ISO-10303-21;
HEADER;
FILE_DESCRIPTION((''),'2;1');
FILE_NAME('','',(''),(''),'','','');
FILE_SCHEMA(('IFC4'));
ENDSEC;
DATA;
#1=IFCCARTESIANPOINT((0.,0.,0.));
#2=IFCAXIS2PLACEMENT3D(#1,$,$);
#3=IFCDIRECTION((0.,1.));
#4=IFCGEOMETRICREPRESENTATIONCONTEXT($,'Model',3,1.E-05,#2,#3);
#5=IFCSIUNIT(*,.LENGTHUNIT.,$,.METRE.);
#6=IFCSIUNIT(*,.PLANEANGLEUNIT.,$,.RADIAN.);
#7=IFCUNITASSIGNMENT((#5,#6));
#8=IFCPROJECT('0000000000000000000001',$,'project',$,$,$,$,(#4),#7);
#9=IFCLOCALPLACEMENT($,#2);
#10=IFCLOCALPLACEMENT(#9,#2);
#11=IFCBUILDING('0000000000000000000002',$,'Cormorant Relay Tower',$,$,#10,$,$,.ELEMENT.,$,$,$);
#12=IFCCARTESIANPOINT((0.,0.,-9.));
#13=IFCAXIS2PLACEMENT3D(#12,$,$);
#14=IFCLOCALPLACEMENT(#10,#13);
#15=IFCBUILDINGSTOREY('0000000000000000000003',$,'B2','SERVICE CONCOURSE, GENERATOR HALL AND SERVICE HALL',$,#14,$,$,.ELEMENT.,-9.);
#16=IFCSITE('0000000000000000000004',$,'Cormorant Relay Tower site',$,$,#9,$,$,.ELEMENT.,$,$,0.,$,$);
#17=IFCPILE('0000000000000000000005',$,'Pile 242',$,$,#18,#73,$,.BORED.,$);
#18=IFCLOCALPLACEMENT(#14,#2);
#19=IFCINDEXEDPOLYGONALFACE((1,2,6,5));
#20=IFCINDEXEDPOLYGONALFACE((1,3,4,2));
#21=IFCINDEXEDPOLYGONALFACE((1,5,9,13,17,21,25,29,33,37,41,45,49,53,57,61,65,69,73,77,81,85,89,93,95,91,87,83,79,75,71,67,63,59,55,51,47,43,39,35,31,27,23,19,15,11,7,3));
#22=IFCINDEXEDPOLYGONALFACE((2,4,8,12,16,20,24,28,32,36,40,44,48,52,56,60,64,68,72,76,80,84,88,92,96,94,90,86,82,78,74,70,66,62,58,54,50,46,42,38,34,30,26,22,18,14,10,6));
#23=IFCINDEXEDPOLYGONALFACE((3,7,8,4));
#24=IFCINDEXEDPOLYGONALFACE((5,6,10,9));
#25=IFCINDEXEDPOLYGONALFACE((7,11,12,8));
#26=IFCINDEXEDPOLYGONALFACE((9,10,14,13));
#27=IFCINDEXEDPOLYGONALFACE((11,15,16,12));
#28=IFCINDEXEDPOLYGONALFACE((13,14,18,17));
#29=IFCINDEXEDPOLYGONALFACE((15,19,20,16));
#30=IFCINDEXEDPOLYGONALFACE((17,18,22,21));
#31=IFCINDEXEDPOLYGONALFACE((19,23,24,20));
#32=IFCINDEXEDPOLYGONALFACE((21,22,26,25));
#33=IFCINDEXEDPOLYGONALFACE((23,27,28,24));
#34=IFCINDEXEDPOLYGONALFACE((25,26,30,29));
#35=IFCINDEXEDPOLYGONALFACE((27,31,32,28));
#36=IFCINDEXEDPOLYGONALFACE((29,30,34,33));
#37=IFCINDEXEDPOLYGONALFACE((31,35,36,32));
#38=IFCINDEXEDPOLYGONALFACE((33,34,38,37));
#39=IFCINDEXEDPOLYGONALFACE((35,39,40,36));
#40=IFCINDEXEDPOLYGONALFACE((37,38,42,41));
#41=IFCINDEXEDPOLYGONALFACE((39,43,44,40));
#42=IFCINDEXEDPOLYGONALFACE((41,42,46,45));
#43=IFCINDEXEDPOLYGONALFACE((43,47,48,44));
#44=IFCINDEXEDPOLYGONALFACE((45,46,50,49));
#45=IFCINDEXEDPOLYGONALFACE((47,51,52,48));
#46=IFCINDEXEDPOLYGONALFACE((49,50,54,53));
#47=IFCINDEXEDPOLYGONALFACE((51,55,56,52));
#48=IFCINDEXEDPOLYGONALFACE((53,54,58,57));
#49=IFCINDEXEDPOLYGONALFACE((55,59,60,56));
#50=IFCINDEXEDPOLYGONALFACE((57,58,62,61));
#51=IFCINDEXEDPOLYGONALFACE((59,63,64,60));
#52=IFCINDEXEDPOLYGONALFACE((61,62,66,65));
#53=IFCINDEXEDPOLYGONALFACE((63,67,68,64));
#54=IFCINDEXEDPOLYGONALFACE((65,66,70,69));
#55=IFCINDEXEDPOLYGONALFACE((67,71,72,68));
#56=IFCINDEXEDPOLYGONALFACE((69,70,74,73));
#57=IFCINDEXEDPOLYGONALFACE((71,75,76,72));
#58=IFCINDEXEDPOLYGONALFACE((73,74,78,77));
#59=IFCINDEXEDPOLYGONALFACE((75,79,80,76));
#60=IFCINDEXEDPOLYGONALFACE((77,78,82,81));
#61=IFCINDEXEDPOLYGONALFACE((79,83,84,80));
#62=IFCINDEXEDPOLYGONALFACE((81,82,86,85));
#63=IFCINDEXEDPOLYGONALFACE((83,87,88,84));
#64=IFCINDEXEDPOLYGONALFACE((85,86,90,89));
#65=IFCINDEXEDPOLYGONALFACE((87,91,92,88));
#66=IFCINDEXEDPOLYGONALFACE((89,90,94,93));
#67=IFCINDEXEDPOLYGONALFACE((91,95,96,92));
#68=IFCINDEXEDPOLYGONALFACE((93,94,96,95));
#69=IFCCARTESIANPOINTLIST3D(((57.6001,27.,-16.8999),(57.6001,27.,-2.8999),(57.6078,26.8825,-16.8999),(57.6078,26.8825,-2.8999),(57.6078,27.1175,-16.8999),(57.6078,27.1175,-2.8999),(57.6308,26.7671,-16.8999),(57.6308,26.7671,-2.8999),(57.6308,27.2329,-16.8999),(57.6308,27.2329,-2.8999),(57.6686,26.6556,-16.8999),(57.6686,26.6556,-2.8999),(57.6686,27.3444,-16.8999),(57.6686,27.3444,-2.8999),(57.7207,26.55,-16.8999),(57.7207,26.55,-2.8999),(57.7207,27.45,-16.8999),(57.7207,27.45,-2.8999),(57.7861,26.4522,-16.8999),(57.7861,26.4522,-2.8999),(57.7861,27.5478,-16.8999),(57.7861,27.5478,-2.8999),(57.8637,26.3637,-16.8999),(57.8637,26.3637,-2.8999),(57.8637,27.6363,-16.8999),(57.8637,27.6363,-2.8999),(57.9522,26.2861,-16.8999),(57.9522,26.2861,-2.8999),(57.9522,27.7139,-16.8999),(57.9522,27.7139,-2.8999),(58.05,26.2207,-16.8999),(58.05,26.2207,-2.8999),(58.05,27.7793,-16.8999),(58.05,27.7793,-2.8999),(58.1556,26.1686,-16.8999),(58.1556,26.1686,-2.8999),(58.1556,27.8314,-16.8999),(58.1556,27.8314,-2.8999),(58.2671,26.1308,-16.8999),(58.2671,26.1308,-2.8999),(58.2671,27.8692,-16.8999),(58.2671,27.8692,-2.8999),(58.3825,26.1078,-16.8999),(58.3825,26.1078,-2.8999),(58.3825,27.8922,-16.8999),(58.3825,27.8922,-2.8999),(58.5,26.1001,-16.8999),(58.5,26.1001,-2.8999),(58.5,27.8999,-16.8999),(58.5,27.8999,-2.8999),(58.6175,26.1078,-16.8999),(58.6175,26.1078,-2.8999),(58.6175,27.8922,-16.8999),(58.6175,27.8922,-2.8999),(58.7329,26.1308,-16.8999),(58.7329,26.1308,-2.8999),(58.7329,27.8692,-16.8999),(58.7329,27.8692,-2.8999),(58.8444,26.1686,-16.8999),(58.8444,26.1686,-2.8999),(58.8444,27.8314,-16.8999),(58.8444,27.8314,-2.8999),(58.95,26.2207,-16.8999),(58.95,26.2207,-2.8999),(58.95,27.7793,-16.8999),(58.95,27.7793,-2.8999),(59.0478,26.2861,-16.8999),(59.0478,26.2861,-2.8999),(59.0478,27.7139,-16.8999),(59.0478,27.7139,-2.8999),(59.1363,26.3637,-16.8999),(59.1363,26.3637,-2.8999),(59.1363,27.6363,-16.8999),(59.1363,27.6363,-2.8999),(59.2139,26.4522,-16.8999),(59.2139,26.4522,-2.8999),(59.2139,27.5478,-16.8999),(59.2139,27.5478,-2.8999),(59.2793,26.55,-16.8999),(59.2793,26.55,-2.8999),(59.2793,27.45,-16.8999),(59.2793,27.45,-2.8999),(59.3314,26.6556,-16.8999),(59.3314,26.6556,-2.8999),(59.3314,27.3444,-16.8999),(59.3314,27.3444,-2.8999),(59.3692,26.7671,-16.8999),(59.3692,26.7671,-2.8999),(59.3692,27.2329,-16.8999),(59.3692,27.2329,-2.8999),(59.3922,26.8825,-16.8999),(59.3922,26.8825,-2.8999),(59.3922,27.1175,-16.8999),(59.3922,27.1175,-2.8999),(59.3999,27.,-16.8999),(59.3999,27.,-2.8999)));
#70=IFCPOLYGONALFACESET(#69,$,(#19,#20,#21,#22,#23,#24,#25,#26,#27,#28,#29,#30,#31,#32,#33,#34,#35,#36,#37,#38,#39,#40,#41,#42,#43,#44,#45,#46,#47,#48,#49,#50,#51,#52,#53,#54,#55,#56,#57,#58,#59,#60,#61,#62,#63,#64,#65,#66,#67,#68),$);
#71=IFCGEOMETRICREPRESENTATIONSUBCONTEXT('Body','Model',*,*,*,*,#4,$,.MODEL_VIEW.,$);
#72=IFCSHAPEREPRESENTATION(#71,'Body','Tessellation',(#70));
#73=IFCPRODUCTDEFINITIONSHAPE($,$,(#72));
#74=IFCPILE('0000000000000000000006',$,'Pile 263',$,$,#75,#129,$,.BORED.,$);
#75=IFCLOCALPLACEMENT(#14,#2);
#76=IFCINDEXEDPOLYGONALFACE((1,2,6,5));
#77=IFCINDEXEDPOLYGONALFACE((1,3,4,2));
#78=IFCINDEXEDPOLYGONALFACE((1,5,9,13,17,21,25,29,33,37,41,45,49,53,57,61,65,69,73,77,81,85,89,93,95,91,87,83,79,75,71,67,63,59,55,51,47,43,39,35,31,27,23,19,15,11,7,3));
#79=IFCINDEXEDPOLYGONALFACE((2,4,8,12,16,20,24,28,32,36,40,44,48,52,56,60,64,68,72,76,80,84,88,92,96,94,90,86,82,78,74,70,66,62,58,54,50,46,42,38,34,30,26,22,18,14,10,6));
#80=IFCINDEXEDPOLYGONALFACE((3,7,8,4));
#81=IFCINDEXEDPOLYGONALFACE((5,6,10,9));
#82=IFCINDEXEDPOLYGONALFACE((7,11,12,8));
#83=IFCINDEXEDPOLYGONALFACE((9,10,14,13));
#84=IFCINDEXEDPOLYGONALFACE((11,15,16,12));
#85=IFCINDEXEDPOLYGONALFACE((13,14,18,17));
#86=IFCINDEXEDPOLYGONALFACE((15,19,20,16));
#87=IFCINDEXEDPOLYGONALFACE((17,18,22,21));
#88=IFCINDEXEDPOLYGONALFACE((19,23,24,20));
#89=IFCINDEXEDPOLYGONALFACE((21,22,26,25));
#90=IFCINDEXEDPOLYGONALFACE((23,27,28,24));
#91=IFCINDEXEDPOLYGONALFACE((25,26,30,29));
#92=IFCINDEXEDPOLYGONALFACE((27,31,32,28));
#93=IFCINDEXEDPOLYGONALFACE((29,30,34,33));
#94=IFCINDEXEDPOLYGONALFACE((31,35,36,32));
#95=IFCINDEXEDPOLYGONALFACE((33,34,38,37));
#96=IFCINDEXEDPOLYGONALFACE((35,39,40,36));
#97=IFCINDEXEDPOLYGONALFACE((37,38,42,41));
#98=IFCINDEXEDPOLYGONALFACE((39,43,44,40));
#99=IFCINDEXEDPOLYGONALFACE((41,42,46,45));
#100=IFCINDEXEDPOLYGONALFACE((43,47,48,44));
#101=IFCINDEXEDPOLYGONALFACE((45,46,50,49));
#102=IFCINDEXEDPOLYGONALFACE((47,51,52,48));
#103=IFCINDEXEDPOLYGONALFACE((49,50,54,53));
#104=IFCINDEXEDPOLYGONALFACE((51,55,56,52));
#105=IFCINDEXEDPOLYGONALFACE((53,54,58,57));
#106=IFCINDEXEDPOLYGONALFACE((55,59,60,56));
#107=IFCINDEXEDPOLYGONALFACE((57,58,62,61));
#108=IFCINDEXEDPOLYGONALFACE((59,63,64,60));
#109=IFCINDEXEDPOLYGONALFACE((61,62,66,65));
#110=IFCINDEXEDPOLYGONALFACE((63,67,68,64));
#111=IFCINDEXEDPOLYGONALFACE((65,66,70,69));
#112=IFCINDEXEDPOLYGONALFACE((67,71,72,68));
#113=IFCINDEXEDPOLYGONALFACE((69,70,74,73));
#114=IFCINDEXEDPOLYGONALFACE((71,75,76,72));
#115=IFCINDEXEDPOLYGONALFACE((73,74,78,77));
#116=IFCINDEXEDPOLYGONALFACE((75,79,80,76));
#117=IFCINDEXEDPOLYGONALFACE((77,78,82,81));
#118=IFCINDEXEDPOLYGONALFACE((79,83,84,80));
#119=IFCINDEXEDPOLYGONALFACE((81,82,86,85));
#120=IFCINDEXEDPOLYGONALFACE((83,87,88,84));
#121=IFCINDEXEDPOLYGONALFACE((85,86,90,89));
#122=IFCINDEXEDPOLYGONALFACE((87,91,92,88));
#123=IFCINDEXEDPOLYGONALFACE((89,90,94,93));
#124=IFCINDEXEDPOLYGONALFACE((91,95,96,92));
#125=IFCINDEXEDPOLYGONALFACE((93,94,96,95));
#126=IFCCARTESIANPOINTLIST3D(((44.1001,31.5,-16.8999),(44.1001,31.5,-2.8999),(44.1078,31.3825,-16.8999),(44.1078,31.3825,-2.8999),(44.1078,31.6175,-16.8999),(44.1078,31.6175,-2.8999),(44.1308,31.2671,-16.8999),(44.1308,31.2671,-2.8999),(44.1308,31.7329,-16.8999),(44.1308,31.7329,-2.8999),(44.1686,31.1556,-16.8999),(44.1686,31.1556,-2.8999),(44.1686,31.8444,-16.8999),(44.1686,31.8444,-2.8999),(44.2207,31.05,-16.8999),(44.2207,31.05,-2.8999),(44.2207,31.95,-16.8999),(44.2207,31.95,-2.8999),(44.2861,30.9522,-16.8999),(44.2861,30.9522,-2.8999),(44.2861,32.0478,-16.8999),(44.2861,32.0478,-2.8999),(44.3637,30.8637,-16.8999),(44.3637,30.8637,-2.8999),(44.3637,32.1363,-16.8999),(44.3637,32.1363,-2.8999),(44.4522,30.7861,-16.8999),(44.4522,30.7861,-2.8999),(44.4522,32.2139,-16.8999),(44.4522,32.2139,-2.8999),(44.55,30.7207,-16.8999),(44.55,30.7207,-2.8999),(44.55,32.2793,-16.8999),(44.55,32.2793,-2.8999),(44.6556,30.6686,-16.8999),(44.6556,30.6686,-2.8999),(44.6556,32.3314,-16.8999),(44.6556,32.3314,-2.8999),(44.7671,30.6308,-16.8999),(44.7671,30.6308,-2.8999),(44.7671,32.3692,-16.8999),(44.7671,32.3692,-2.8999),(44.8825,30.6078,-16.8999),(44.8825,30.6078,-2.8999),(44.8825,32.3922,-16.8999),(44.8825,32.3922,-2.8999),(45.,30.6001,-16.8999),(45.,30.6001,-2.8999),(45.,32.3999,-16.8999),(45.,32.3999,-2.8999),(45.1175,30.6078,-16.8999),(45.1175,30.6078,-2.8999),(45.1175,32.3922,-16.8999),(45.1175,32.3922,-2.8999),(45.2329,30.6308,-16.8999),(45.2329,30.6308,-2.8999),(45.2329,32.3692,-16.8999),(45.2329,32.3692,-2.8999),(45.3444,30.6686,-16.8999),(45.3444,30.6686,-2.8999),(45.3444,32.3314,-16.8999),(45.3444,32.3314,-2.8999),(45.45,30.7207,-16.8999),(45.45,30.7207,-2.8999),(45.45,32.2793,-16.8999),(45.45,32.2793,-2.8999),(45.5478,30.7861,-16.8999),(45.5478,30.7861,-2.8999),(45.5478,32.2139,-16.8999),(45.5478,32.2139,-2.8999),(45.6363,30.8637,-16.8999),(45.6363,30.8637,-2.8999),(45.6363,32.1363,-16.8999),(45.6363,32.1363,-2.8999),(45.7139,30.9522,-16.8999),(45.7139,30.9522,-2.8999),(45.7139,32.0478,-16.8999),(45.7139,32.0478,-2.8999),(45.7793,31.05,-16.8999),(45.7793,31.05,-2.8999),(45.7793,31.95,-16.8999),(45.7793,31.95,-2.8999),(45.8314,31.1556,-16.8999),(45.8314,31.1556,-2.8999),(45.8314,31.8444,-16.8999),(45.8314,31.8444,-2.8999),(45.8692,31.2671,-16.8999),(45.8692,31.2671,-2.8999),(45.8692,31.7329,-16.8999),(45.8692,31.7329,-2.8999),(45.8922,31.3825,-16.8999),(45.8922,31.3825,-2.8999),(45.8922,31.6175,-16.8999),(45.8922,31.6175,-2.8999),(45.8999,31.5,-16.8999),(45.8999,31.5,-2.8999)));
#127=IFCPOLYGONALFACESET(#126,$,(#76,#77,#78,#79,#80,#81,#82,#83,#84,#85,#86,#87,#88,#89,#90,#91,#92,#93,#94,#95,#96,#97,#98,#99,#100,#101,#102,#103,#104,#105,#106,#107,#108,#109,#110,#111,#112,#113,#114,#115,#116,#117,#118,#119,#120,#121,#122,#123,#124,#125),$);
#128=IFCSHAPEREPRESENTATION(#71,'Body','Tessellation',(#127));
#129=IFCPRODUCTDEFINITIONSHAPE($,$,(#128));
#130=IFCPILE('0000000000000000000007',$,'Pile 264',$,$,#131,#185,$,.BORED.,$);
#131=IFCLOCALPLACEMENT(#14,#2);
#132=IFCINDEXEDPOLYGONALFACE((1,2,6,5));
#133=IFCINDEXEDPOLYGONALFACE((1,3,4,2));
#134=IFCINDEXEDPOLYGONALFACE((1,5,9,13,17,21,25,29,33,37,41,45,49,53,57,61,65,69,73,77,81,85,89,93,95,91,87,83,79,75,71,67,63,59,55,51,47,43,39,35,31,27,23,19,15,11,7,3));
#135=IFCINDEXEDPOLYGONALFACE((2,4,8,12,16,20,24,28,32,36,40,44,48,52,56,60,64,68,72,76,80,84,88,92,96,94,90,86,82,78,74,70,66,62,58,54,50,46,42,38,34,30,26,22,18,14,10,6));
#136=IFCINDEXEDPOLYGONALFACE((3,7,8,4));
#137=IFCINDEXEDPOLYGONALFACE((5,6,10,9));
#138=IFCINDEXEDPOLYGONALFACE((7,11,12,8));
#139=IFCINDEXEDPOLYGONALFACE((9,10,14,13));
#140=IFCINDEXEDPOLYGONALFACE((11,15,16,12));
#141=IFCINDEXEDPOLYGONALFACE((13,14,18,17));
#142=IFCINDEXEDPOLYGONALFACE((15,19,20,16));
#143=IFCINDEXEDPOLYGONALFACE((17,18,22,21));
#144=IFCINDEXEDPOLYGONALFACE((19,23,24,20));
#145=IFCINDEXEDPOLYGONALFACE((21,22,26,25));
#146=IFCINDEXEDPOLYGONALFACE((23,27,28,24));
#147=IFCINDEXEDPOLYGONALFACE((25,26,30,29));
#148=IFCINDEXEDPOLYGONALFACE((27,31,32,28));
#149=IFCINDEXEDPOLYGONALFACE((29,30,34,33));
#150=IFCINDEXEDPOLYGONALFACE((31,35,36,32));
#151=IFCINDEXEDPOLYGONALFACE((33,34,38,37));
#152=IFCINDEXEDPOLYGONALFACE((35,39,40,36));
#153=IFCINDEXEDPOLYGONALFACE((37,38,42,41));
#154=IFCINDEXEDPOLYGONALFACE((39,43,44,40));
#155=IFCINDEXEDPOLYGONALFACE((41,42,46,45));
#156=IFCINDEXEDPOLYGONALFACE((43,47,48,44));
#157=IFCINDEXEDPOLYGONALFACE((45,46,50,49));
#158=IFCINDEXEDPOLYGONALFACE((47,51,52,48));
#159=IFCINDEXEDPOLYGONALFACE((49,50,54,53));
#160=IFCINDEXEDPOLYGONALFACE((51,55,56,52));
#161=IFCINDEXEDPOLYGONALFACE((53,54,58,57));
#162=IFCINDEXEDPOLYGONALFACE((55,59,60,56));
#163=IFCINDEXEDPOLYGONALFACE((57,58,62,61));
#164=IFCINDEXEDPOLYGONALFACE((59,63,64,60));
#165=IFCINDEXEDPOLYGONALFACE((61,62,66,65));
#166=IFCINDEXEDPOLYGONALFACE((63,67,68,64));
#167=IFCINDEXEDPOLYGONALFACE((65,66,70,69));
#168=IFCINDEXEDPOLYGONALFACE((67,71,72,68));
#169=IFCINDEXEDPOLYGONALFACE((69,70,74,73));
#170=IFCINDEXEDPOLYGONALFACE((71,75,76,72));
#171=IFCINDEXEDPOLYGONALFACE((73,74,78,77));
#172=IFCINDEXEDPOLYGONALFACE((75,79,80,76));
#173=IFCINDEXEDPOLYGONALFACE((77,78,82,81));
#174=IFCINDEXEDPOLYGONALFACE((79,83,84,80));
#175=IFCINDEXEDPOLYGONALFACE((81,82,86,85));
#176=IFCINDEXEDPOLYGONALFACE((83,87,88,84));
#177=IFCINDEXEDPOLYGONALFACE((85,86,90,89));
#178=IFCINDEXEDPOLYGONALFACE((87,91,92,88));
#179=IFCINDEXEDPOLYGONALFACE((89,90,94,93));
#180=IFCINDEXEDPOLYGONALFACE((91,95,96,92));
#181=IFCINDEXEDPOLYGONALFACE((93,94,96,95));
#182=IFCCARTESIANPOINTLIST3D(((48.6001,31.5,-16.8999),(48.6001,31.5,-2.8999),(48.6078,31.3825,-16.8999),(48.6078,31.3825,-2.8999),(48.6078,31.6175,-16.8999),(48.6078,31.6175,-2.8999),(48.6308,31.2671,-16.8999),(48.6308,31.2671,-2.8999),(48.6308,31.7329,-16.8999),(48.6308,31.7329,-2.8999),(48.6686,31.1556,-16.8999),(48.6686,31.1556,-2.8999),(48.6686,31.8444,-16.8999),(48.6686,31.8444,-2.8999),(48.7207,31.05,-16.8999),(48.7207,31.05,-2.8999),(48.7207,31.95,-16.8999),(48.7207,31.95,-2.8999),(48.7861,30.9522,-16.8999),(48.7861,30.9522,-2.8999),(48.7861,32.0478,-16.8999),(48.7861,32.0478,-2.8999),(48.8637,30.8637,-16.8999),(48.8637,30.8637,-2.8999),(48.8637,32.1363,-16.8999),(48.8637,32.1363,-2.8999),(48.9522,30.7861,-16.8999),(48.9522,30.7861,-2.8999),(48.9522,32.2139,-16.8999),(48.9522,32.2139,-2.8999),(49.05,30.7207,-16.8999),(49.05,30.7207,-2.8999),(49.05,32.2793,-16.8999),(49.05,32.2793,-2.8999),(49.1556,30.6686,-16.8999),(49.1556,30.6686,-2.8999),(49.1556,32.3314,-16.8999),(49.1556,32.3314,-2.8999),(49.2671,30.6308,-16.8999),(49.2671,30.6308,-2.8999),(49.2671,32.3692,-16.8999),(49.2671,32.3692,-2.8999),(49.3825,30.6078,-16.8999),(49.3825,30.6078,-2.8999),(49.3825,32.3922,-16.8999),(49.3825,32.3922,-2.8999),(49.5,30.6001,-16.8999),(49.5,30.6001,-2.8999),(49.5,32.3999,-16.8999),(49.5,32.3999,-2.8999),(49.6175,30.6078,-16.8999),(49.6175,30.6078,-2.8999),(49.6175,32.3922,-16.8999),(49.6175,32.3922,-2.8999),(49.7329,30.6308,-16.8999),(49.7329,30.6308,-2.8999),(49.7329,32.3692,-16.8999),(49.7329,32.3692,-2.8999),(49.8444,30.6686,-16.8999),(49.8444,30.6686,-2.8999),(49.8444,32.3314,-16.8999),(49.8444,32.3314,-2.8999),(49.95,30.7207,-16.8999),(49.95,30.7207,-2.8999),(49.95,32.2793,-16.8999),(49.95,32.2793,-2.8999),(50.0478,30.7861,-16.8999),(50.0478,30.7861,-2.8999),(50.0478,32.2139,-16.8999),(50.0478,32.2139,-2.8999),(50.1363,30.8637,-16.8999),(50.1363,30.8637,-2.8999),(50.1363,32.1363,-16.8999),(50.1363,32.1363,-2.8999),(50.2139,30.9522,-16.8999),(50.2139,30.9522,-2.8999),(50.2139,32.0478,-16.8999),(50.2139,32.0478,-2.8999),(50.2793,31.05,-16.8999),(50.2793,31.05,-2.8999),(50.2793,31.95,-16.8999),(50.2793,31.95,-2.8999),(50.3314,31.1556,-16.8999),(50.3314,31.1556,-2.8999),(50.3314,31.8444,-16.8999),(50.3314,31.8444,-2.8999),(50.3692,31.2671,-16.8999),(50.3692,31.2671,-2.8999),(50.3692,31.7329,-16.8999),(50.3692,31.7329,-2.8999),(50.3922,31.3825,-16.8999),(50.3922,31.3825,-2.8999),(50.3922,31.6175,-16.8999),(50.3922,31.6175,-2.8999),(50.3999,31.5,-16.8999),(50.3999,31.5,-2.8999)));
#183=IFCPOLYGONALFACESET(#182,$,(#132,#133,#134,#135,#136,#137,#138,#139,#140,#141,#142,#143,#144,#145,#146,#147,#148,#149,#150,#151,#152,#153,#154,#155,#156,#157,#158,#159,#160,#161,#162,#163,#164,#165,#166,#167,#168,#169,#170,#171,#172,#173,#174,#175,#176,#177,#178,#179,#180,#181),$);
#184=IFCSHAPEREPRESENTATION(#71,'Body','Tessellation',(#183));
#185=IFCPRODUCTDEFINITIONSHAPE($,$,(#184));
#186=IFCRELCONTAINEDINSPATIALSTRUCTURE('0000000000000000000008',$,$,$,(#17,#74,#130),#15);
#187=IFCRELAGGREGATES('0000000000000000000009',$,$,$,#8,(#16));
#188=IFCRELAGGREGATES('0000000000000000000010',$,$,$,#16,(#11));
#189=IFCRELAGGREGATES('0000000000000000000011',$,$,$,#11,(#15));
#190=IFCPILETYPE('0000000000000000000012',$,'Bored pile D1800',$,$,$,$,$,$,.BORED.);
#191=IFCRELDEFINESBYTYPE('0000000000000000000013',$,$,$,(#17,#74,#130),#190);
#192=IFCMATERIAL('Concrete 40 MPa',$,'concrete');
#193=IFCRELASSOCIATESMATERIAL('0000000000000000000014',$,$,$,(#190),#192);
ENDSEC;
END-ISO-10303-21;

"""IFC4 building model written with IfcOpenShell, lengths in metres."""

from ifc_helpers import new_model, si_unit, direction, frame, origin, origin_2d, place, context, subcontext, project, spatial, circle, extrude, material, material_profile, profile_set, type_object, element, save


model = new_model("IFC4")

# Units and contexts
model_context = context("Model", 3, precision=1e-05, world=origin(), true_north=direction((0.0, 1.0)))
body_context = subcontext(model_context, "Body", "Model", "MODEL_VIEW")
ifc_project = project(units=[si_unit("LENGTHUNIT", "METRE"), si_unit("PLANEANGLEUNIT", "RADIAN")], contexts=[model_context])

# Site, building, storey
site_placement = place(None, origin())
site = spatial("IfcSite", under=ifc_project, at=site_placement, Name="Cormorant Relay Tower site", CompositionType="ELEMENT", RefElevation=0.0)
building_placement = place(site_placement, origin())
building = spatial("IfcBuilding", under=site, at=building_placement, Name="Cormorant Relay Tower", CompositionType="ELEMENT")
storey_placement = place(building_placement, frame((0.0, 0.0, -9.0)))
storey = spatial("IfcBuildingStorey", under=building, at=storey_placement, Name="B2", Description="SERVICE CONCOURSE, GENERATOR HALL AND SERVICE HALL", CompositionType="ELEMENT", Elevation=-9.0)

# Piles
ifc_material_1 = material(Name="Concrete 40 MPa", Category="concrete")
ifc_material_profile_1 = material_profile(ifc_material_1, circle(Radius=0.8999, at=origin_2d()), Name="BP1800")
ifc_profile_set_1 = profile_set([ifc_material_profile_1], Name="Concrete 40 MPa")
pile_type = type_object("IfcPileType", Name="Bored pile D1800", PredefinedType="BORED", material=ifc_profile_set_1)
for number, where, z_axis, x_axis, name in (
    (1, (58.5, 27.0, -2.8999), (0.0, 0.0, -1.0), (1.0, 0.0, 0.0), "Pile 242"),
    (2, (45.0, 31.5, -2.8999), (0.0, 0.0, -1.0), (1.0, 0.0, 0.0), "Pile 263"),
    (3, (49.5, 31.5, -2.8999), (0.0, 0.0, -1.0), (1.0, 0.0, 0.0), "Pile 264"),
):
    element("IfcPile", number, at=place(storey_placement, frame(where, z_axis=z_axis, x_axis=x_axis)), inside=storey, type_object=pile_type, Name=name, PredefinedType="BORED", context=body_context, shape_type="SweptSolid", body=[
        extrude(circle(Radius=0.8999, at=origin_2d()), origin(), (0.0, 0.0, 1.0), 14.0),
    ])

save(model, "model.ifc")
